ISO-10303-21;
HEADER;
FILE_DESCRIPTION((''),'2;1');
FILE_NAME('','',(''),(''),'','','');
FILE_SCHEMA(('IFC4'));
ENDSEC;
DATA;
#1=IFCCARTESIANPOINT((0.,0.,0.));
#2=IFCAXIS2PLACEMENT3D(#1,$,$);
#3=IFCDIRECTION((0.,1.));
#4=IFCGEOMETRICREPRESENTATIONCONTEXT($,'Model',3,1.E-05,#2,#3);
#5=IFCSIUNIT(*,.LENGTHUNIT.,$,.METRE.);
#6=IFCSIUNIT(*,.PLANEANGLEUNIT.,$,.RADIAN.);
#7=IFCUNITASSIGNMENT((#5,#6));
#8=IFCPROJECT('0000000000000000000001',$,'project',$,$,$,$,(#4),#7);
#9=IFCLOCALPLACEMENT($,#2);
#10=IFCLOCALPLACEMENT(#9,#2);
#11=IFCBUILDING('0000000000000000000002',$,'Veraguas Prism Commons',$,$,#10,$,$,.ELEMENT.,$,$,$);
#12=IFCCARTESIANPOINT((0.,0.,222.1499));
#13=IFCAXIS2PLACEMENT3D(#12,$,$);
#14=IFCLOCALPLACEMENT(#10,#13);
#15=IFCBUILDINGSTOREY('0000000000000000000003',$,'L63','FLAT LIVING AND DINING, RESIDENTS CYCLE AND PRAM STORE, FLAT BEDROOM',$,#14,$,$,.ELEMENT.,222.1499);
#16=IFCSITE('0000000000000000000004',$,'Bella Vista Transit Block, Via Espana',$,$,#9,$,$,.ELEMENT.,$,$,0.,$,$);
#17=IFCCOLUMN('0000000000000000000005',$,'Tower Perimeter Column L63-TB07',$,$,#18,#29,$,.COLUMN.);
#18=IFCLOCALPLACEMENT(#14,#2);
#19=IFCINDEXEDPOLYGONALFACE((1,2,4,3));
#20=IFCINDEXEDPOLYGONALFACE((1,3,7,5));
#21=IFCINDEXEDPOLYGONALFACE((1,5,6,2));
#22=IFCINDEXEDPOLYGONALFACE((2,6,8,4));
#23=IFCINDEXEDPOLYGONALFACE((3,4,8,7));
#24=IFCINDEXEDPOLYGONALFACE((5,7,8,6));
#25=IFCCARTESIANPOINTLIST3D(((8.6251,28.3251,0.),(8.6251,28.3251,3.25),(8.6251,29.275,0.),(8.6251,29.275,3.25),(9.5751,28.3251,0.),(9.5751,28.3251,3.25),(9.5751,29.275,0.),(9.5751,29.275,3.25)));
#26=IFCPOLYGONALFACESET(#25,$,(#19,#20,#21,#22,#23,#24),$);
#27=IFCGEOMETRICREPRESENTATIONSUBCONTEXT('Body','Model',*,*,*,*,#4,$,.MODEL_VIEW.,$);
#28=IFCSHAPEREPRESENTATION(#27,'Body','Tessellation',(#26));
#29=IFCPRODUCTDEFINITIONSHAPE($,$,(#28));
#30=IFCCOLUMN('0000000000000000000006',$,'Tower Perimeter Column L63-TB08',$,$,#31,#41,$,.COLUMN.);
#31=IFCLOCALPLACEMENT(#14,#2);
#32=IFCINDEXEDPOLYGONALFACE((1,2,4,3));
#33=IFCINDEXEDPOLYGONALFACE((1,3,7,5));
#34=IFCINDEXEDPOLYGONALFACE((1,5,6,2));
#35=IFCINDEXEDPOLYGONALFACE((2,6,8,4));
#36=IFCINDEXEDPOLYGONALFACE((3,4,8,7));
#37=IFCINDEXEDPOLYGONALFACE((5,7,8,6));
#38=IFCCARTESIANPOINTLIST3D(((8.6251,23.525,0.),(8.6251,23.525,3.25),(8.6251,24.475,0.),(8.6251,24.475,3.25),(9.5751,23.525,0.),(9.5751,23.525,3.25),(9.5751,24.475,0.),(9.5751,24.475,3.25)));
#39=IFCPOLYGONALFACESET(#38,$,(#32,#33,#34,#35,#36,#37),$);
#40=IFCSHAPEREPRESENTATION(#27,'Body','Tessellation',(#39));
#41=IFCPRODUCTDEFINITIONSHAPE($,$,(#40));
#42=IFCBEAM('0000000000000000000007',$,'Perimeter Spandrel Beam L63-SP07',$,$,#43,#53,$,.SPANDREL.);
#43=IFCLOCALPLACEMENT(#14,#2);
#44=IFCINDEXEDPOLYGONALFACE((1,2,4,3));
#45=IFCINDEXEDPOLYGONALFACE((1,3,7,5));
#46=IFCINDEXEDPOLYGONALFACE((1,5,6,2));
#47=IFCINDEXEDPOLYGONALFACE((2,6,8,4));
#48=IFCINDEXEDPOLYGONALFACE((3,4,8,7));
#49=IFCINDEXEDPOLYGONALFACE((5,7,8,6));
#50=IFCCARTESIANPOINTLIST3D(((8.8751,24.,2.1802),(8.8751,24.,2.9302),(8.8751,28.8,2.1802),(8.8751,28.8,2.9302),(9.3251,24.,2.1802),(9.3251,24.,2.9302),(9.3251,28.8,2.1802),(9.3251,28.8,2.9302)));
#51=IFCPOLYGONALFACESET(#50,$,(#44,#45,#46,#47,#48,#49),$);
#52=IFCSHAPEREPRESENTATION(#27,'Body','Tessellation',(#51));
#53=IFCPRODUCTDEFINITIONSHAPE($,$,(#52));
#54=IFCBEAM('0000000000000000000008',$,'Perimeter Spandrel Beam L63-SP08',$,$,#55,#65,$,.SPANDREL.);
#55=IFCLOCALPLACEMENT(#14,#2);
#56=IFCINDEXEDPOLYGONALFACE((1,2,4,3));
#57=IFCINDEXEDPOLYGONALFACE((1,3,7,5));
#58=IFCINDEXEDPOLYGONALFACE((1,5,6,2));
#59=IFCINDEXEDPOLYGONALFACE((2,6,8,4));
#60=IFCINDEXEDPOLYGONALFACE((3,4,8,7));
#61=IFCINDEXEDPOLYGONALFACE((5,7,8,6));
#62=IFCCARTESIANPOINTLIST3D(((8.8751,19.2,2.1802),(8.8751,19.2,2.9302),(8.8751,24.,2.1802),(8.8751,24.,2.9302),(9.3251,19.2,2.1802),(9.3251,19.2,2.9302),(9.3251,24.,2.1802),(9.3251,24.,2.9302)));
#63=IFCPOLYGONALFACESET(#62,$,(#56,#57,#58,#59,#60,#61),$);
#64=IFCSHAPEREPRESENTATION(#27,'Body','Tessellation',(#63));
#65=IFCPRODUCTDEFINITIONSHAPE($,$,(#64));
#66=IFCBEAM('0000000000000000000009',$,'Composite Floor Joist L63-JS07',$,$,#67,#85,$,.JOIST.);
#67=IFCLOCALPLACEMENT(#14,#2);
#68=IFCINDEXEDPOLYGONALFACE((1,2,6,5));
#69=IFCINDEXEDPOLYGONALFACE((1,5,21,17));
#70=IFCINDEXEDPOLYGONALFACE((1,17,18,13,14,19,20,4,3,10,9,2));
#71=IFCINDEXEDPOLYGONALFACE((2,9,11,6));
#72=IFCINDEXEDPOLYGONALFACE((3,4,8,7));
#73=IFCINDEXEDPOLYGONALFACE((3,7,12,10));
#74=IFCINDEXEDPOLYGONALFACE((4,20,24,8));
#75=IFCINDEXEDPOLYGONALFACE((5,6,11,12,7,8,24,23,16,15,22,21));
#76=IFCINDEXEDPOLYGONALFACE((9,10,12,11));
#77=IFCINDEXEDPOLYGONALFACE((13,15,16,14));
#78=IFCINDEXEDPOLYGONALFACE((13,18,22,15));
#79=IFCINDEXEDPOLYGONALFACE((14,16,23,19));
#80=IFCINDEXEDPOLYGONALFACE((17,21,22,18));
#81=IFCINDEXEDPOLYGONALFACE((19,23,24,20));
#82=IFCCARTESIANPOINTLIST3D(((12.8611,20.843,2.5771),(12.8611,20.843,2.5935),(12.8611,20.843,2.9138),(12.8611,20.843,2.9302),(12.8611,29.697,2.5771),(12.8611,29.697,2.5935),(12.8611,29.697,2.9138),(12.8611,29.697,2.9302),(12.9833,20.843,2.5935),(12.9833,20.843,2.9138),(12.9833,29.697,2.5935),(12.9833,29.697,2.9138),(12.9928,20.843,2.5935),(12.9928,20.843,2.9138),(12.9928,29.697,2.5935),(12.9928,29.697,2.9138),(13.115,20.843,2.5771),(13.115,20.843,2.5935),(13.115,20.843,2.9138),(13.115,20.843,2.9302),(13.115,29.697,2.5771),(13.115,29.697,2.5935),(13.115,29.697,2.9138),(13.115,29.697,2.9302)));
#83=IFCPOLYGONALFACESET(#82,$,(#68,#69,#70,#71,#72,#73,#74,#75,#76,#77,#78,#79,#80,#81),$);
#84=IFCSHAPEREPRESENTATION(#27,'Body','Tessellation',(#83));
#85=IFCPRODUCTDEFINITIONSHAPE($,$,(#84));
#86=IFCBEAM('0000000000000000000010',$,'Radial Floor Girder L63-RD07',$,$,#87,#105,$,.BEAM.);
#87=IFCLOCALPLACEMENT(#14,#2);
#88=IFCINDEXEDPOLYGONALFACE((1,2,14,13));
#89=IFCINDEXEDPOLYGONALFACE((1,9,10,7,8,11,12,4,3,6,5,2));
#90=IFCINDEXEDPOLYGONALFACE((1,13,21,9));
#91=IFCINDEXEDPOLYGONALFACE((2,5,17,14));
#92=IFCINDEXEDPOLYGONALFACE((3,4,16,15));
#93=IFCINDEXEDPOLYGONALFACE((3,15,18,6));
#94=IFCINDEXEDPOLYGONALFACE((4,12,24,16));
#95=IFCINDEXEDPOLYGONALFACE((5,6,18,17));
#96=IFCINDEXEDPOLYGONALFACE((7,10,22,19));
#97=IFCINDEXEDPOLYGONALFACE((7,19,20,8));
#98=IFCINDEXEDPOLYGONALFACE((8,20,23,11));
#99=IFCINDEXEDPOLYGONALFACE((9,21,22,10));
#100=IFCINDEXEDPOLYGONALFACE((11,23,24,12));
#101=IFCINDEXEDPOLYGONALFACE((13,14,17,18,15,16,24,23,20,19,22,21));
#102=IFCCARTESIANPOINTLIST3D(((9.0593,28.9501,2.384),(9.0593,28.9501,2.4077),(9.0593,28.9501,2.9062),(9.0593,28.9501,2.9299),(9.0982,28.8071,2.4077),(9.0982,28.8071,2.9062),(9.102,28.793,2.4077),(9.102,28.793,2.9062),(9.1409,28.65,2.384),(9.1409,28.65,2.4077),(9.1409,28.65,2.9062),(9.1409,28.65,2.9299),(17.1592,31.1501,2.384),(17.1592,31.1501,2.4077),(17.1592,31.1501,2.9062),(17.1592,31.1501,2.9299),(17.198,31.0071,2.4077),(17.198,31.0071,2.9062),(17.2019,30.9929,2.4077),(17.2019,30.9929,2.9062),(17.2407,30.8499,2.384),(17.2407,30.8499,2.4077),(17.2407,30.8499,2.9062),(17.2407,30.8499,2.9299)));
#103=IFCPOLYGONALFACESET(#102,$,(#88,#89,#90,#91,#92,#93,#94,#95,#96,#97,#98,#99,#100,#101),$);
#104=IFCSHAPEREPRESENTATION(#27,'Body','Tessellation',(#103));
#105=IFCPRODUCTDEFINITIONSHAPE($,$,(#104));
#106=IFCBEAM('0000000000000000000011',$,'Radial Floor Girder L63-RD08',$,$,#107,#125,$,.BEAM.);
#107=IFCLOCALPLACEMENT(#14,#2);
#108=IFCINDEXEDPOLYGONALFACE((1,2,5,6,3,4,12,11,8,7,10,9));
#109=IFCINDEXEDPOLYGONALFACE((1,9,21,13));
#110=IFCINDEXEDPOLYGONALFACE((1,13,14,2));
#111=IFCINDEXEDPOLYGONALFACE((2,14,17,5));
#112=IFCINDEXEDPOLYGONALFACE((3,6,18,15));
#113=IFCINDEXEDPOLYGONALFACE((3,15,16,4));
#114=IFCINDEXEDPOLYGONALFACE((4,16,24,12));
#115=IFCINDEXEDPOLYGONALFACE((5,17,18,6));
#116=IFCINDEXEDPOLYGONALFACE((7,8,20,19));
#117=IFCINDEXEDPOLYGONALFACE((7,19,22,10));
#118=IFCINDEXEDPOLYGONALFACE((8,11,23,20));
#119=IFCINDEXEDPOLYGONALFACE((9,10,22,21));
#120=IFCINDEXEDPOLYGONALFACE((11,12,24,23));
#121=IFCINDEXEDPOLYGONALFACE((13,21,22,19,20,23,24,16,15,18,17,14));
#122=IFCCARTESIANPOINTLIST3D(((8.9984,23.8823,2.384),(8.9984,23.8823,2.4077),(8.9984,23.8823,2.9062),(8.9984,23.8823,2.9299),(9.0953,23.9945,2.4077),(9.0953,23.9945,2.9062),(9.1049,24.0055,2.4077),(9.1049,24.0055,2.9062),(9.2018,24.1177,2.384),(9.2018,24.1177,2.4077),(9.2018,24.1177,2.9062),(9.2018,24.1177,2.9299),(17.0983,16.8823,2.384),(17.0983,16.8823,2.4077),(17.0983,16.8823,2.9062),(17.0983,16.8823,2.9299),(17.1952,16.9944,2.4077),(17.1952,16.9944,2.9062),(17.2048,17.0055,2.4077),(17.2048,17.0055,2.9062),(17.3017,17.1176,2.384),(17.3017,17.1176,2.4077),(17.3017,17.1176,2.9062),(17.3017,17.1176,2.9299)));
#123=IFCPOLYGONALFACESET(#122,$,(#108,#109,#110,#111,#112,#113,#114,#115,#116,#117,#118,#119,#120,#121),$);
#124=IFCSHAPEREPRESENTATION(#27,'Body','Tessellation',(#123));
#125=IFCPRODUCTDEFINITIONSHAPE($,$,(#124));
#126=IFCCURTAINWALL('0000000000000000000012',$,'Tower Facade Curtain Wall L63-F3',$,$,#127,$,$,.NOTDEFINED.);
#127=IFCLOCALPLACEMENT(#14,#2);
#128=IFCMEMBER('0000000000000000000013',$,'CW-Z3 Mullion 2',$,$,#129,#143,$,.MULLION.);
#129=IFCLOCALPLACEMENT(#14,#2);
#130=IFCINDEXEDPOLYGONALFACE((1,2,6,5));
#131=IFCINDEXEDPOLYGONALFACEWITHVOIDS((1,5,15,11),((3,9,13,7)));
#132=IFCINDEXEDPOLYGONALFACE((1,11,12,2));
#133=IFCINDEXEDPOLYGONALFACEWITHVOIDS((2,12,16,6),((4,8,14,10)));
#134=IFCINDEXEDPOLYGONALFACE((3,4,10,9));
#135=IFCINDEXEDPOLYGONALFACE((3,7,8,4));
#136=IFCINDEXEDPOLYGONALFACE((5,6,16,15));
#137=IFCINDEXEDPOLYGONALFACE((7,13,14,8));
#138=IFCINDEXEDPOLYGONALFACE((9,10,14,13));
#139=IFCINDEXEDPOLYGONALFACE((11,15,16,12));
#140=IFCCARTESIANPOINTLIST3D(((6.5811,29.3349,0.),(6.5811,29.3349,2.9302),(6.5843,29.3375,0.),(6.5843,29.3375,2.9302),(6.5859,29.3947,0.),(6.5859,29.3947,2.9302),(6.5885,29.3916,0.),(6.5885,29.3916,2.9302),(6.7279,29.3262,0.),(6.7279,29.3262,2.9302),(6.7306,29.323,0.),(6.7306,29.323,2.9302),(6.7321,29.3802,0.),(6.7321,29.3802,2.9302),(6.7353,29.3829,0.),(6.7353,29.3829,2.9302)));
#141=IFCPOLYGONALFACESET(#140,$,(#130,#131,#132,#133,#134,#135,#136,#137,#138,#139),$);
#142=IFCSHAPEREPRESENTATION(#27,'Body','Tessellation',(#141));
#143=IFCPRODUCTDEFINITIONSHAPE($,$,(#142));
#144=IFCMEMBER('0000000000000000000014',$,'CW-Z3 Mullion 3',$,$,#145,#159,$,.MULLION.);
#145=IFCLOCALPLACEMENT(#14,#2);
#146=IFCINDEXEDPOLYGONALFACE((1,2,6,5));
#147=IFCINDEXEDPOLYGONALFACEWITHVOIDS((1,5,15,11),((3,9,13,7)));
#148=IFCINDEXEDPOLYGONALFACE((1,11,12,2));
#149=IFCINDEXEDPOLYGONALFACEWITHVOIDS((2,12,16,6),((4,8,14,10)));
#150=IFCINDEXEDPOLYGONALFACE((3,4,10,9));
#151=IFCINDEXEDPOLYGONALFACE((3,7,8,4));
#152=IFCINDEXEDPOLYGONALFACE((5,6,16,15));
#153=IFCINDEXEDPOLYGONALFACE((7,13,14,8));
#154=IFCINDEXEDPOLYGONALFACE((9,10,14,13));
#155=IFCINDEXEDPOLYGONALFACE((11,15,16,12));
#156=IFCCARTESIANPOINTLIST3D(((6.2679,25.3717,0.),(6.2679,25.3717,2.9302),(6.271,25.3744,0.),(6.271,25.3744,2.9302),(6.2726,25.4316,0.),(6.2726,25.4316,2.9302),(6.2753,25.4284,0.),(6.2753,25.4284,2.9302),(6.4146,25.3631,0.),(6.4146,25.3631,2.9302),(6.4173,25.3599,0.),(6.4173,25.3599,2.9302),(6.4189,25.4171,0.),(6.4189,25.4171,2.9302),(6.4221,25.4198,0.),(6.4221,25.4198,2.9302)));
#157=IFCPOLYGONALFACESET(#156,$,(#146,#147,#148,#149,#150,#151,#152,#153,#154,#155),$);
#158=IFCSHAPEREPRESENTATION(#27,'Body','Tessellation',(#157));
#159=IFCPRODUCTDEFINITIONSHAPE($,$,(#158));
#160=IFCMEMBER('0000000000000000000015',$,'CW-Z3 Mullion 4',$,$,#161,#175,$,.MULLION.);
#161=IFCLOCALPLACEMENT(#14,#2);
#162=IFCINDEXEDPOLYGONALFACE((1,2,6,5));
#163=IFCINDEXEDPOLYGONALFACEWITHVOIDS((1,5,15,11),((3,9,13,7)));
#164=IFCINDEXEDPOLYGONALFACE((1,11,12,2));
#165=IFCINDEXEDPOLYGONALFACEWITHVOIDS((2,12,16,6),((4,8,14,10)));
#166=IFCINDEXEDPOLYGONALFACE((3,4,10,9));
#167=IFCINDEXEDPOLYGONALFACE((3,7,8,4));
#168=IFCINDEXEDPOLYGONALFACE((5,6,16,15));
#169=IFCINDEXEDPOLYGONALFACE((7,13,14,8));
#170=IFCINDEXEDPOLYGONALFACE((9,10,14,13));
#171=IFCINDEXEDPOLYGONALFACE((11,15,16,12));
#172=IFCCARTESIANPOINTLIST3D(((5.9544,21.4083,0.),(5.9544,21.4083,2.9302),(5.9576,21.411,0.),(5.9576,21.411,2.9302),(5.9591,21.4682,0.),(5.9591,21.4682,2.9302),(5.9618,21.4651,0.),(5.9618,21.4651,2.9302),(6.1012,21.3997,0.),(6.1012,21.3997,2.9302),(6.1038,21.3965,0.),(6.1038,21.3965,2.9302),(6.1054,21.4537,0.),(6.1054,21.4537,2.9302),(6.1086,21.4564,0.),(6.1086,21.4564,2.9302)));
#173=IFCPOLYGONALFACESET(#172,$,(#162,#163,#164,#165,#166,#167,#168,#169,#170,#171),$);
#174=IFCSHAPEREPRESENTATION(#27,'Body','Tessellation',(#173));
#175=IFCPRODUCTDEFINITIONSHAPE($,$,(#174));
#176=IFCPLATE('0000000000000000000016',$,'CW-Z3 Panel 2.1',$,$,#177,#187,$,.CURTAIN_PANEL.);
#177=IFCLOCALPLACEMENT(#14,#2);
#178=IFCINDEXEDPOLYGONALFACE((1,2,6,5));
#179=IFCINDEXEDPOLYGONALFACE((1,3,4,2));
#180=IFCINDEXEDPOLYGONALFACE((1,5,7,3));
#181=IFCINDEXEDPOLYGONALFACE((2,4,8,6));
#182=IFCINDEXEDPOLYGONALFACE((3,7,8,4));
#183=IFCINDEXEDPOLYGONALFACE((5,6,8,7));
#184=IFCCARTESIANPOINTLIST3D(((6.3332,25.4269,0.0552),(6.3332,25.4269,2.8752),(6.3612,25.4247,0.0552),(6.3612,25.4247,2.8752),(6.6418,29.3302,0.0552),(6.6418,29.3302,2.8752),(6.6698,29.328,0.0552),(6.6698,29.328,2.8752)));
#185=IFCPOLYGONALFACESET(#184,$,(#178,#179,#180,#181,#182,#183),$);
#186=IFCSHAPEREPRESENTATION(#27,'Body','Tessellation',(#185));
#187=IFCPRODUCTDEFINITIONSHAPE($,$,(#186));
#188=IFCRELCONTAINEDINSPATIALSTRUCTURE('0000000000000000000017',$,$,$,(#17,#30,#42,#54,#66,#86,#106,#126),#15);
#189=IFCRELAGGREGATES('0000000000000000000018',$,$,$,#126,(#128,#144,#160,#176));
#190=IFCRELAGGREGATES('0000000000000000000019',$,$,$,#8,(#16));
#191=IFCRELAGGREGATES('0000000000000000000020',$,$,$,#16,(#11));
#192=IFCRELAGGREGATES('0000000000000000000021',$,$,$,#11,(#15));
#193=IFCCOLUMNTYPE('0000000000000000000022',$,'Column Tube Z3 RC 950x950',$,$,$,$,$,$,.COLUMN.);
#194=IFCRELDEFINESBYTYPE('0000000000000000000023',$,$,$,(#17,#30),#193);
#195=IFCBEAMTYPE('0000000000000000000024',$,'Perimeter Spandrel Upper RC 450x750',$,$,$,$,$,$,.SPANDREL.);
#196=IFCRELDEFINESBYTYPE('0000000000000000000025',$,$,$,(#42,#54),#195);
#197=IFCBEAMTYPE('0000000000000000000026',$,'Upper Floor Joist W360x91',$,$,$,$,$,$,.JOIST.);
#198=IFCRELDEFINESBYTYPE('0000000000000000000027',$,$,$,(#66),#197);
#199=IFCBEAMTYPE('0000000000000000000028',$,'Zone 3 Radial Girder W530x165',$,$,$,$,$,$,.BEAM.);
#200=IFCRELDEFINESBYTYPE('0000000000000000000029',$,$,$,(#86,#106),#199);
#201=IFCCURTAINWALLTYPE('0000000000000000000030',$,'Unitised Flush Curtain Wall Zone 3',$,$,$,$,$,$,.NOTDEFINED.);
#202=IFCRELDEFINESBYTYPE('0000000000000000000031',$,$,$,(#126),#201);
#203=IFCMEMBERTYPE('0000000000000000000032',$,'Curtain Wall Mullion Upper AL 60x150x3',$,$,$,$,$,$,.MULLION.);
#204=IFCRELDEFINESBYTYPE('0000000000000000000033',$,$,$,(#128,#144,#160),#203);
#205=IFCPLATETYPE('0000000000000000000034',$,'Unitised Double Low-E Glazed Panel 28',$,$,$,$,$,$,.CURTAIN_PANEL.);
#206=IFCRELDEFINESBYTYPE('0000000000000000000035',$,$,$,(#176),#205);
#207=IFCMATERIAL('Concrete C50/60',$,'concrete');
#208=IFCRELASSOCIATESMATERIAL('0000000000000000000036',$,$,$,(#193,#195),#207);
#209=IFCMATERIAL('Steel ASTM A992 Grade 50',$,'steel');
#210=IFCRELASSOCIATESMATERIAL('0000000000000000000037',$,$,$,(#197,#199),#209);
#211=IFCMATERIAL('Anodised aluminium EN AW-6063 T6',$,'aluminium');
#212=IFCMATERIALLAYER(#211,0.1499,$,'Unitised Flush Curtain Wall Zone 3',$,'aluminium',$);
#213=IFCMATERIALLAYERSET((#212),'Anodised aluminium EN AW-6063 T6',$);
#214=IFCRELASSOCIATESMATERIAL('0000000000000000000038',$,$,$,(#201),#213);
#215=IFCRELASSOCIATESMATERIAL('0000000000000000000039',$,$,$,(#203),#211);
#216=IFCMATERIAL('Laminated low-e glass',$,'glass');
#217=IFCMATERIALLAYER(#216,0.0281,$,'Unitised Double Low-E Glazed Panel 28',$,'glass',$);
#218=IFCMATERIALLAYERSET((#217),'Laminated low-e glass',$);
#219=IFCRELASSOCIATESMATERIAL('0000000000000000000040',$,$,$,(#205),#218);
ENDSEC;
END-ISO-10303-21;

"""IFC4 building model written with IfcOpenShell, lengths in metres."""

from ifc_helpers import new_model, si_unit, direction, frame, origin, origin_2d, place, context, subcontext, project, spatial, rectangle, hollow_rectangle, i_section, extrude, source, transform, mapped, material, layer, layer_set, material_profile, profile_set, type_object, element, aggregate, save


model = new_model("IFC4")

# Units and contexts
model_context = context("Model", 3, precision=1e-05, world=origin(), true_north=direction((0.0, 1.0)))
body_context = subcontext(model_context, "Body", "Model", "MODEL_VIEW")
ifc_project = project(units=[si_unit("LENGTHUNIT", "METRE"), si_unit("PLANEANGLEUNIT", "RADIAN")], contexts=[model_context])

# Site, building, storey
site_placement = place(None, origin())
site = spatial("IfcSite", under=ifc_project, at=site_placement, Name="Bella Vista Transit Block, Via Espana", CompositionType="ELEMENT", RefElevation=0.0)
building_placement = place(site_placement, origin())
building = spatial("IfcBuilding", under=site, at=building_placement, Name="Veraguas Prism Commons", CompositionType="ELEMENT")
storey_placement = place(building_placement, frame((0.0, 0.0, 222.1499)))
storey = spatial("IfcBuildingStorey", under=building, at=storey_placement, Name="L63", Description="FLAT LIVING AND DINING, RESIDENTS CYCLE AND PRAM STORE, FLAT BEDROOM", CompositionType="ELEMENT", Elevation=222.1499)

# Columns
ifc_material_1 = material(Name="Concrete C50/60", Category="concrete")
ifc_material_profile_1 = material_profile(ifc_material_1, rectangle(XDim=0.95, YDim=0.95, at=origin_2d()), Name="RC950X950")
ifc_profile_set_1 = profile_set([ifc_material_profile_1], Name="Concrete C50/60")
column_type = type_object("IfcColumnType", Name="Column Tube Z3 RC 950x950", PredefinedType="COLUMN", material=ifc_profile_set_1)
for number, where, z_axis, x_axis, name in (
    (1, (9.1001, 28.8, 0.0), (0.0, 0.0, 1.0), (1.0, 0.0, 0.0), "Tower Perimeter Column L63-TB07"),
    (2, (9.1001, 24.0, 0.0), (0.0, 0.0, 1.0), (1.0, 0.0, 0.0), "Tower Perimeter Column L63-TB08"),
):
    element("IfcColumn", number, at=place(storey_placement, frame(where, z_axis=z_axis, x_axis=x_axis)), inside=storey, type_object=column_type, Name=name, PredefinedType="COLUMN", context=body_context, shape_type="SweptSolid", body=[
        extrude(rectangle(XDim=0.95, YDim=0.95, at=origin_2d()), origin(), (0.0, 0.0, 1.0), 3.25),
    ])

# Beams
ifc_material_profile_2 = material_profile(ifc_material_1, rectangle(XDim=0.45, YDim=0.75, at=origin_2d()), Name="RC450X750")
ifc_profile_set_2 = profile_set([ifc_material_profile_2], Name="Concrete C50/60")
beam_type_1 = type_object("IfcBeamType", Name="Perimeter Spandrel Upper RC 450x750", PredefinedType="SPANDREL", material=ifc_profile_set_2)
for number, where, z_axis, x_axis, name in (
    (3, (9.1001, 28.8, 2.5552), (0.0, -1.0, 0.0), (1.0, 0.0, 0.0), "Perimeter Spandrel Beam L63-SP07"),
    (4, (9.1001, 24.0, 2.5552), (0.0, -1.0, 0.0), (1.0, 0.0, 0.0), "Perimeter Spandrel Beam L63-SP08"),
):
    element("IfcBeam", number, at=place(storey_placement, frame(where, z_axis=z_axis, x_axis=x_axis)), inside=storey, type_object=beam_type_1, Name=name, PredefinedType="SPANDREL", context=body_context, shape_type="SweptSolid", body=[
        extrude(rectangle(XDim=0.45, YDim=0.75, at=origin_2d()), origin(), (0.0, 0.0, 1.0), 4.8),
    ])
ifc_material_2 = material(Name="Steel ASTM A992 Grade 50", Category="steel")
ifc_material_profile_3 = material_profile(ifc_material_2, i_section(OverallWidth=0.2539, OverallDepth=0.353, WebThickness=0.0095, FlangeThickness=0.0164, at=origin_2d()), Name="W360X91")
ifc_profile_set_3 = profile_set([ifc_material_profile_3], Name="Steel ASTM A992 Grade 50")
beam_type_2 = type_object("IfcBeamType", Name="Upper Floor Joist W360x91", PredefinedType="JOIST", material=ifc_profile_set_3)
beam_1_placement = place(storey_placement, frame((12.988, 29.697, 2.7537), z_axis=(0.0, -1.0, 0.0), x_axis=(1.0, 0.0, 0.0)))
element("IfcBeam", 5, at=beam_1_placement, inside=storey, type_object=beam_type_2, Name="Composite Floor Joist L63-JS07", PredefinedType="JOIST", context=body_context, shape_type="SweptSolid", body=[
    extrude(i_section(OverallWidth=0.2539, OverallDepth=0.353, WebThickness=0.0095, FlangeThickness=0.0164, at=origin_2d()), origin(), (0.0, 0.0, 1.0), 8.854),
])
ifc_material_profile_4 = material_profile(ifc_material_2, i_section(OverallWidth=0.311, OverallDepth=0.5459, WebThickness=0.0146, FlangeThickness=0.0237, at=origin_2d()), Name="W530X165")
ifc_profile_set_4 = profile_set([ifc_material_profile_4], Name="Steel ASTM A992 Grade 50")
beam_type_3 = type_object("IfcBeamType", Name="Zone 3 Radial Girder W530x165", PredefinedType="BEAM", material=ifc_profile_set_4)
beam_2_placement = place(storey_placement, frame((9.1001, 28.8, 2.657), z_axis=(0.965039, 0.262108, 0.0), x_axis=(-0.262108, 0.965039, 0.0)))
element("IfcBeam", 6, at=beam_2_placement, inside=storey, type_object=beam_type_3, Name="Radial Floor Girder L63-RD07", PredefinedType="BEAM", context=body_context, shape_type="SweptSolid", body=[
    extrude(i_section(OverallWidth=0.311, OverallDepth=0.5459, WebThickness=0.0146, FlangeThickness=0.0237, at=origin_2d()), origin(), (0.0, 0.0, 1.0), 8.3933),
])
beam_3_placement = place(storey_placement, frame((9.1001, 24.0, 2.657), z_axis=(0.756607, -0.65387, 0.0), x_axis=(0.65387, 0.756607, 0.0)))
element("IfcBeam", 7, at=beam_3_placement, inside=storey, type_object=beam_type_3, Name="Radial Floor Girder L63-RD08", PredefinedType="BEAM", context=body_context, shape_type="SweptSolid", body=[
    extrude(i_section(OverallWidth=0.311, OverallDepth=0.5459, WebThickness=0.0146, FlangeThickness=0.0237, at=origin_2d()), origin(), (0.0, 0.0, 1.0), 10.7056),
])

# Curtain wall, members, plate
ifc_material_3 = material(Name="Anodised aluminium EN AW-6063 T6", Category="aluminium")
ifc_layer_1 = layer(ifc_material_3, 0.1499, Name="Unitised Flush Curtain Wall Zone 3", Category="aluminium")
ifc_layer_set_1 = layer_set([ifc_layer_1], Name="Anodised aluminium EN AW-6063 T6")
curtain_wall_type = type_object("IfcCurtainWallType", Name="Unitised Flush Curtain Wall Zone 3", PredefinedType="NOTDEFINED", material=ifc_layer_set_1)
curtain_wall_placement = place(storey_placement, origin())
curtain_wall = element("IfcCurtainWall", 8, at=curtain_wall_placement, inside=storey, type_object=curtain_wall_type, Name="Tower Facade Curtain Wall L63-F3", PredefinedType="NOTDEFINED")
ifc_material_profile_5 = material_profile(ifc_material_3, hollow_rectangle(XDim=0.0601, YDim=0.1499, WallThickness=0.0029, at=origin_2d()), Name="AL60X150X3")
ifc_profile_set_5 = profile_set([ifc_material_profile_5], Name="Anodised aluminium EN AW-6063 T6")
member_type = type_object("IfcMemberType", Name="Curtain Wall Mullion Upper AL 60x150x3", PredefinedType="MULLION", material=ifc_profile_set_5)
shared_shape_1 = source(origin(), body_context, "Body", "SweptSolid", [
    extrude(hollow_rectangle(XDim=0.0601, YDim=0.1499, WallThickness=0.0029, at=origin_2d()), origin(), (0.0, 0.0, 1.0), 2.9302),
])
member_1_placement = place(storey_placement, frame((6.6582, 29.3589, 0.0), z_axis=(0.0, 0.0, 1.0), x_axis=(-0.078812, -0.996889, 0.0)))
member_1 = element("IfcMember", 9, at=member_1_placement, type_object=member_type, Name="CW-Z3 Mullion 2", PredefinedType="MULLION", context=body_context, shape_type="MappedRepresentation", body=[
    mapped(shared_shape_1, transform((0.0, 0.0, 0.0), scale=1.0)),
])
member_2_placement = place(storey_placement, frame((6.345, 25.3958, 0.0), z_axis=(0.0, 0.0, 1.0), x_axis=(-0.078812, -0.996889, 0.0)))
member_2 = element("IfcMember", 10, at=member_2_placement, type_object=member_type, Name="CW-Z3 Mullion 3", PredefinedType="MULLION", context=body_context, shape_type="MappedRepresentation", body=[
    mapped(shared_shape_1, transform((0.0, 0.0, 0.0), scale=1.0)),
])
member_3_placement = place(storey_placement, frame((6.0315, 21.4324, 0.0), z_axis=(0.0, 0.0, 1.0), x_axis=(-0.078812, -0.996889, 0.0)))
member_3 = element("IfcMember", 11, at=member_3_placement, type_object=member_type, Name="CW-Z3 Mullion 4", PredefinedType="MULLION", context=body_context, shape_type="MappedRepresentation", body=[
    mapped(shared_shape_1, transform((0.0, 0.0, 0.0), scale=1.0)),
])
ifc_material_4 = material(Name="Laminated low-e glass", Category="glass")
ifc_layer_2 = layer(ifc_material_4, 0.0281, Name="Unitised Double Low-E Glazed Panel 28", Category="glass")
ifc_layer_set_2 = layer_set([ifc_layer_2], Name="Laminated low-e glass")
plate_type = type_object("IfcPlateType", Name="Unitised Double Low-E Glazed Panel 28", PredefinedType="CURTAIN_PANEL", material=ifc_layer_set_2)
shared_shape_2 = source(origin(), body_context, "Body", "SweptSolid", [
    extrude(rectangle(XDim=3.9155, YDim=0.0281, at=origin_2d()), origin(), (0.0, 0.0, 1.0), 2.8201),
])
plate_1_placement = place(storey_placement, frame((6.5015, 27.3774, 0.0552), z_axis=(0.0, 0.0, 1.0), x_axis=(-0.078812, -0.996889, 0.0)))
plate_1 = element("IfcPlate", 12, at=plate_1_placement, type_object=plate_type, Name="CW-Z3 Panel 2.1", PredefinedType="CURTAIN_PANEL", context=body_context, shape_type="MappedRepresentation", body=[
    mapped(shared_shape_2, transform((0.0, 0.0, 0.0), scale=1.0)),
])
aggregate(curtain_wall, [member_1, member_2, member_3, plate_1])

save(model, "model.ifc")
